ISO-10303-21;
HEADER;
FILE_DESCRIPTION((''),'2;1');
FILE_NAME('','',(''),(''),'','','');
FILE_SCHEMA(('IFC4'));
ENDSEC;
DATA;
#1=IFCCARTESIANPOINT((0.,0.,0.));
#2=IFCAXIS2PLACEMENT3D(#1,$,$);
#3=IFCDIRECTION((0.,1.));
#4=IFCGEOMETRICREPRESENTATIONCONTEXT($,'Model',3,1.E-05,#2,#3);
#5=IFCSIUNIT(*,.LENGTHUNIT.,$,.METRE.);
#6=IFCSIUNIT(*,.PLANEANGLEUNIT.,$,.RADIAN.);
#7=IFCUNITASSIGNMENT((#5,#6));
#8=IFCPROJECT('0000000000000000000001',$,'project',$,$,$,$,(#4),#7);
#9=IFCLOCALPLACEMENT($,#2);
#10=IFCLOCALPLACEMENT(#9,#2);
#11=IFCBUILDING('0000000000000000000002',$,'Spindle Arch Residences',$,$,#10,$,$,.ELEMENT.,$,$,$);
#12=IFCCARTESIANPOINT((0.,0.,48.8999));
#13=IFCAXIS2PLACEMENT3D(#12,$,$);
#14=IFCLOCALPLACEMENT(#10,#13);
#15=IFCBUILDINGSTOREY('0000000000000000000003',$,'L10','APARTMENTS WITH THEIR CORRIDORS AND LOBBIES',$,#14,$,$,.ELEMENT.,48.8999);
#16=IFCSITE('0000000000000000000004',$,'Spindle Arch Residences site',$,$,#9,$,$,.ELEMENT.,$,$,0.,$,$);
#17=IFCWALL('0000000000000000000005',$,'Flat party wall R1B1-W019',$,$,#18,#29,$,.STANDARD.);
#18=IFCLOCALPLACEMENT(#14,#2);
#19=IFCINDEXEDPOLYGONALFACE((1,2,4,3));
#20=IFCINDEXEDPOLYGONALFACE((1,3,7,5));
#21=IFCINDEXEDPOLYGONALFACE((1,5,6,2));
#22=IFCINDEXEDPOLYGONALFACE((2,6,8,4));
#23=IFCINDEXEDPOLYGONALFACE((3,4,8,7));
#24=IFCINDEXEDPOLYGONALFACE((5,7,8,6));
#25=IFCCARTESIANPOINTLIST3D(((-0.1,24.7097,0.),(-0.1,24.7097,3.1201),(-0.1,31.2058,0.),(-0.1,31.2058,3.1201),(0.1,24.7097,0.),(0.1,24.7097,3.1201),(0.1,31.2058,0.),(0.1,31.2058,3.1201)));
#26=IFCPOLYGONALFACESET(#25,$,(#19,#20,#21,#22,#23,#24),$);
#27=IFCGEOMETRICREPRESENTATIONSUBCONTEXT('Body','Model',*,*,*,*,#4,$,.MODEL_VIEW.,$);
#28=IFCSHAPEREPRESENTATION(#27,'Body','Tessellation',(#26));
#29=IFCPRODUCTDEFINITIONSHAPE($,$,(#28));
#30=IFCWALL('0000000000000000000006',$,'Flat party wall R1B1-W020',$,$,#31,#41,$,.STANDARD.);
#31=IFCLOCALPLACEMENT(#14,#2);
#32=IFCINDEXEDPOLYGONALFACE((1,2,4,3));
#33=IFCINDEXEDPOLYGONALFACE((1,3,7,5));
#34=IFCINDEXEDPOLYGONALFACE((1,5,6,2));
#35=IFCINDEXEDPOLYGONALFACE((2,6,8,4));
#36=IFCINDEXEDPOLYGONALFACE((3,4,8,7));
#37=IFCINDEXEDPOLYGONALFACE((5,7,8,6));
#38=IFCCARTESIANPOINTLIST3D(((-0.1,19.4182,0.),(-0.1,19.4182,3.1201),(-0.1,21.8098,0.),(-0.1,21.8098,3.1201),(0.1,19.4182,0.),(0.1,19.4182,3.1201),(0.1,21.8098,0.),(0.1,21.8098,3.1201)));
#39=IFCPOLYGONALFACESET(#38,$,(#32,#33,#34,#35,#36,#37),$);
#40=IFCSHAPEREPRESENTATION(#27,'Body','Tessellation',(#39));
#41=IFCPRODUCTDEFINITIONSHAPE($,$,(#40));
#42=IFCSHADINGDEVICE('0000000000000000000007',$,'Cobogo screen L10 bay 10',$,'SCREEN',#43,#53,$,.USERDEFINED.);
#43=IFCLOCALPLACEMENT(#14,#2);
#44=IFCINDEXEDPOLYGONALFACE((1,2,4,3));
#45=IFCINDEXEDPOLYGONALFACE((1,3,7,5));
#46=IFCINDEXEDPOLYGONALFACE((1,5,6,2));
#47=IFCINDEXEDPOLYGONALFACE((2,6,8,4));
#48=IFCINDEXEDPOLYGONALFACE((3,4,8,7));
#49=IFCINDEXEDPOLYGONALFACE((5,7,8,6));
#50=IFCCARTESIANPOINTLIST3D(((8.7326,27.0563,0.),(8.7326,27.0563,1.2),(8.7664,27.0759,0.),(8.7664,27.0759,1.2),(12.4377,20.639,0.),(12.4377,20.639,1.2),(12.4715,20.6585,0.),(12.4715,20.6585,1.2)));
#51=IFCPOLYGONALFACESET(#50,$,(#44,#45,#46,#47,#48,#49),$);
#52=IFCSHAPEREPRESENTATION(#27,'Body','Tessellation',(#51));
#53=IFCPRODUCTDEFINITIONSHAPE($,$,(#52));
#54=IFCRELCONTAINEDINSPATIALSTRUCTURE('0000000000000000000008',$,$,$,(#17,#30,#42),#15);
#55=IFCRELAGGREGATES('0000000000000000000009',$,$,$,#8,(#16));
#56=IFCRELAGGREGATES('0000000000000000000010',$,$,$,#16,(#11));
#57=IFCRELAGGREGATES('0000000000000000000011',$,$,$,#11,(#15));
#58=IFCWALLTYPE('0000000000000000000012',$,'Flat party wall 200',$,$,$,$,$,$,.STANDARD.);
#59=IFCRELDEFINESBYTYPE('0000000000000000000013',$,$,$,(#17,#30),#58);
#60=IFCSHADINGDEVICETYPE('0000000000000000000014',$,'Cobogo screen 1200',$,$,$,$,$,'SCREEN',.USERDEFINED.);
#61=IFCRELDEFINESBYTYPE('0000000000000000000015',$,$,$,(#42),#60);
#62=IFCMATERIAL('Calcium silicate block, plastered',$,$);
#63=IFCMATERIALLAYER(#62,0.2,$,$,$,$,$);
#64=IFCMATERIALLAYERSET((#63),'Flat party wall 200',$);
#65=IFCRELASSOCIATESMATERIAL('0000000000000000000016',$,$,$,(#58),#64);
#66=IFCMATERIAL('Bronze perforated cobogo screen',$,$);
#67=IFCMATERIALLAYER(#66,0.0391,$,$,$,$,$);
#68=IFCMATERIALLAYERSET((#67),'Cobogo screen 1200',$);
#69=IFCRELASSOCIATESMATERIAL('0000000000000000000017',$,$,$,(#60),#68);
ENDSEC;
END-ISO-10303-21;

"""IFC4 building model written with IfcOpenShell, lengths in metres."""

from ifc_helpers import new_model, si_unit, direction, frame, frame_2d, origin, origin_2d, place, context, subcontext, project, spatial, rectangle, extrude, material, layer, layer_set, type_object, element, save


model = new_model("IFC4")

# Units and contexts
model_context = context("Model", 3, precision=1e-05, world=origin(), true_north=direction((0.0, 1.0)))
body_context = subcontext(model_context, "Body", "Model", "MODEL_VIEW")
ifc_project = project(units=[si_unit("LENGTHUNIT", "METRE"), si_unit("PLANEANGLEUNIT", "RADIAN")], contexts=[model_context])

# Site, building, storey
site_placement = place(None, origin())
site = spatial("IfcSite", under=ifc_project, at=site_placement, Name="Spindle Arch Residences site", CompositionType="ELEMENT", RefElevation=0.0)
building_placement = place(site_placement, origin())
building = spatial("IfcBuilding", under=site, at=building_placement, Name="Spindle Arch Residences", CompositionType="ELEMENT")
storey_placement = place(building_placement, frame((0.0, 0.0, 48.8999)))
storey = spatial("IfcBuildingStorey", under=building, at=storey_placement, Name="L10", Description="APARTMENTS WITH THEIR CORRIDORS AND LOBBIES", CompositionType="ELEMENT", Elevation=48.8999)

# Walls
ifc_material_1 = material(Name="Calcium silicate block, plastered")
ifc_layer_1 = layer(ifc_material_1, 0.2)
ifc_layer_set_1 = layer_set([ifc_layer_1], Name="Flat party wall 200")
wall_type_1 = type_object("IfcWallType", Name="Flat party wall 200", PredefinedType="STANDARD", material=ifc_layer_set_1)
wall_1_placement = place(storey_placement, frame((0.0, 31.2058, 0.0), z_axis=(0.0, 0.0, 1.0), x_axis=(0.0, -1.0, 0.0)))
element("IfcWall", 1, at=wall_1_placement, inside=storey, type_object=wall_type_1, Name="Flat party wall R1B1-W019", PredefinedType="STANDARD", context=body_context, shape_type="SweptSolid", body=[
    extrude(rectangle(XDim=6.4961, YDim=0.2, at=frame_2d((3.248, 0.0))), origin(), (0.0, 0.0, 1.0), 3.1201),
])
wall_2_placement = place(storey_placement, frame((0.0, 21.8098, 0.0), z_axis=(0.0, 0.0, 1.0), x_axis=(0.0, -1.0, 0.0)))
element("IfcWall", 2, at=wall_2_placement, inside=storey, type_object=wall_type_1, Name="Flat party wall R1B1-W020", PredefinedType="STANDARD", context=body_context, shape_type="SweptSolid", body=[
    extrude(rectangle(XDim=2.3916, YDim=0.2, at=frame_2d((1.1958, 0.0))), origin(), (0.0, 0.0, 1.0), 3.1201),
])

# Shading device
ifc_material_2 = material(Name="Bronze perforated cobogo screen")
ifc_layer_2 = layer(ifc_material_2, 0.0391)
ifc_layer_set_2 = layer_set([ifc_layer_2], Name="Cobogo screen 1200")
shading_device_type = type_object("IfcShadingDeviceType", Name="Cobogo screen 1200", ElementType="SCREEN", PredefinedType="USERDEFINED", material=ifc_layer_set_2)
shading_device_placement = place(storey_placement, frame((10.6021, 23.8574, 0.0), z_axis=(0.0, 0.0, 1.0), x_axis=(-0.5, 0.866025, 0.0)))
element("IfcShadingDevice", 3, at=shading_device_placement, inside=storey, type_object=shading_device_type, Name="Cobogo screen L10 bay 10", ObjectType="SCREEN", PredefinedType="USERDEFINED", context=body_context, shape_type="SweptSolid", body=[
    extrude(rectangle(XDim=7.4102, YDim=0.0391, at=origin_2d()), origin(), (0.0, 0.0, 1.0), 1.2),
])

save(model, "model.ifc")
